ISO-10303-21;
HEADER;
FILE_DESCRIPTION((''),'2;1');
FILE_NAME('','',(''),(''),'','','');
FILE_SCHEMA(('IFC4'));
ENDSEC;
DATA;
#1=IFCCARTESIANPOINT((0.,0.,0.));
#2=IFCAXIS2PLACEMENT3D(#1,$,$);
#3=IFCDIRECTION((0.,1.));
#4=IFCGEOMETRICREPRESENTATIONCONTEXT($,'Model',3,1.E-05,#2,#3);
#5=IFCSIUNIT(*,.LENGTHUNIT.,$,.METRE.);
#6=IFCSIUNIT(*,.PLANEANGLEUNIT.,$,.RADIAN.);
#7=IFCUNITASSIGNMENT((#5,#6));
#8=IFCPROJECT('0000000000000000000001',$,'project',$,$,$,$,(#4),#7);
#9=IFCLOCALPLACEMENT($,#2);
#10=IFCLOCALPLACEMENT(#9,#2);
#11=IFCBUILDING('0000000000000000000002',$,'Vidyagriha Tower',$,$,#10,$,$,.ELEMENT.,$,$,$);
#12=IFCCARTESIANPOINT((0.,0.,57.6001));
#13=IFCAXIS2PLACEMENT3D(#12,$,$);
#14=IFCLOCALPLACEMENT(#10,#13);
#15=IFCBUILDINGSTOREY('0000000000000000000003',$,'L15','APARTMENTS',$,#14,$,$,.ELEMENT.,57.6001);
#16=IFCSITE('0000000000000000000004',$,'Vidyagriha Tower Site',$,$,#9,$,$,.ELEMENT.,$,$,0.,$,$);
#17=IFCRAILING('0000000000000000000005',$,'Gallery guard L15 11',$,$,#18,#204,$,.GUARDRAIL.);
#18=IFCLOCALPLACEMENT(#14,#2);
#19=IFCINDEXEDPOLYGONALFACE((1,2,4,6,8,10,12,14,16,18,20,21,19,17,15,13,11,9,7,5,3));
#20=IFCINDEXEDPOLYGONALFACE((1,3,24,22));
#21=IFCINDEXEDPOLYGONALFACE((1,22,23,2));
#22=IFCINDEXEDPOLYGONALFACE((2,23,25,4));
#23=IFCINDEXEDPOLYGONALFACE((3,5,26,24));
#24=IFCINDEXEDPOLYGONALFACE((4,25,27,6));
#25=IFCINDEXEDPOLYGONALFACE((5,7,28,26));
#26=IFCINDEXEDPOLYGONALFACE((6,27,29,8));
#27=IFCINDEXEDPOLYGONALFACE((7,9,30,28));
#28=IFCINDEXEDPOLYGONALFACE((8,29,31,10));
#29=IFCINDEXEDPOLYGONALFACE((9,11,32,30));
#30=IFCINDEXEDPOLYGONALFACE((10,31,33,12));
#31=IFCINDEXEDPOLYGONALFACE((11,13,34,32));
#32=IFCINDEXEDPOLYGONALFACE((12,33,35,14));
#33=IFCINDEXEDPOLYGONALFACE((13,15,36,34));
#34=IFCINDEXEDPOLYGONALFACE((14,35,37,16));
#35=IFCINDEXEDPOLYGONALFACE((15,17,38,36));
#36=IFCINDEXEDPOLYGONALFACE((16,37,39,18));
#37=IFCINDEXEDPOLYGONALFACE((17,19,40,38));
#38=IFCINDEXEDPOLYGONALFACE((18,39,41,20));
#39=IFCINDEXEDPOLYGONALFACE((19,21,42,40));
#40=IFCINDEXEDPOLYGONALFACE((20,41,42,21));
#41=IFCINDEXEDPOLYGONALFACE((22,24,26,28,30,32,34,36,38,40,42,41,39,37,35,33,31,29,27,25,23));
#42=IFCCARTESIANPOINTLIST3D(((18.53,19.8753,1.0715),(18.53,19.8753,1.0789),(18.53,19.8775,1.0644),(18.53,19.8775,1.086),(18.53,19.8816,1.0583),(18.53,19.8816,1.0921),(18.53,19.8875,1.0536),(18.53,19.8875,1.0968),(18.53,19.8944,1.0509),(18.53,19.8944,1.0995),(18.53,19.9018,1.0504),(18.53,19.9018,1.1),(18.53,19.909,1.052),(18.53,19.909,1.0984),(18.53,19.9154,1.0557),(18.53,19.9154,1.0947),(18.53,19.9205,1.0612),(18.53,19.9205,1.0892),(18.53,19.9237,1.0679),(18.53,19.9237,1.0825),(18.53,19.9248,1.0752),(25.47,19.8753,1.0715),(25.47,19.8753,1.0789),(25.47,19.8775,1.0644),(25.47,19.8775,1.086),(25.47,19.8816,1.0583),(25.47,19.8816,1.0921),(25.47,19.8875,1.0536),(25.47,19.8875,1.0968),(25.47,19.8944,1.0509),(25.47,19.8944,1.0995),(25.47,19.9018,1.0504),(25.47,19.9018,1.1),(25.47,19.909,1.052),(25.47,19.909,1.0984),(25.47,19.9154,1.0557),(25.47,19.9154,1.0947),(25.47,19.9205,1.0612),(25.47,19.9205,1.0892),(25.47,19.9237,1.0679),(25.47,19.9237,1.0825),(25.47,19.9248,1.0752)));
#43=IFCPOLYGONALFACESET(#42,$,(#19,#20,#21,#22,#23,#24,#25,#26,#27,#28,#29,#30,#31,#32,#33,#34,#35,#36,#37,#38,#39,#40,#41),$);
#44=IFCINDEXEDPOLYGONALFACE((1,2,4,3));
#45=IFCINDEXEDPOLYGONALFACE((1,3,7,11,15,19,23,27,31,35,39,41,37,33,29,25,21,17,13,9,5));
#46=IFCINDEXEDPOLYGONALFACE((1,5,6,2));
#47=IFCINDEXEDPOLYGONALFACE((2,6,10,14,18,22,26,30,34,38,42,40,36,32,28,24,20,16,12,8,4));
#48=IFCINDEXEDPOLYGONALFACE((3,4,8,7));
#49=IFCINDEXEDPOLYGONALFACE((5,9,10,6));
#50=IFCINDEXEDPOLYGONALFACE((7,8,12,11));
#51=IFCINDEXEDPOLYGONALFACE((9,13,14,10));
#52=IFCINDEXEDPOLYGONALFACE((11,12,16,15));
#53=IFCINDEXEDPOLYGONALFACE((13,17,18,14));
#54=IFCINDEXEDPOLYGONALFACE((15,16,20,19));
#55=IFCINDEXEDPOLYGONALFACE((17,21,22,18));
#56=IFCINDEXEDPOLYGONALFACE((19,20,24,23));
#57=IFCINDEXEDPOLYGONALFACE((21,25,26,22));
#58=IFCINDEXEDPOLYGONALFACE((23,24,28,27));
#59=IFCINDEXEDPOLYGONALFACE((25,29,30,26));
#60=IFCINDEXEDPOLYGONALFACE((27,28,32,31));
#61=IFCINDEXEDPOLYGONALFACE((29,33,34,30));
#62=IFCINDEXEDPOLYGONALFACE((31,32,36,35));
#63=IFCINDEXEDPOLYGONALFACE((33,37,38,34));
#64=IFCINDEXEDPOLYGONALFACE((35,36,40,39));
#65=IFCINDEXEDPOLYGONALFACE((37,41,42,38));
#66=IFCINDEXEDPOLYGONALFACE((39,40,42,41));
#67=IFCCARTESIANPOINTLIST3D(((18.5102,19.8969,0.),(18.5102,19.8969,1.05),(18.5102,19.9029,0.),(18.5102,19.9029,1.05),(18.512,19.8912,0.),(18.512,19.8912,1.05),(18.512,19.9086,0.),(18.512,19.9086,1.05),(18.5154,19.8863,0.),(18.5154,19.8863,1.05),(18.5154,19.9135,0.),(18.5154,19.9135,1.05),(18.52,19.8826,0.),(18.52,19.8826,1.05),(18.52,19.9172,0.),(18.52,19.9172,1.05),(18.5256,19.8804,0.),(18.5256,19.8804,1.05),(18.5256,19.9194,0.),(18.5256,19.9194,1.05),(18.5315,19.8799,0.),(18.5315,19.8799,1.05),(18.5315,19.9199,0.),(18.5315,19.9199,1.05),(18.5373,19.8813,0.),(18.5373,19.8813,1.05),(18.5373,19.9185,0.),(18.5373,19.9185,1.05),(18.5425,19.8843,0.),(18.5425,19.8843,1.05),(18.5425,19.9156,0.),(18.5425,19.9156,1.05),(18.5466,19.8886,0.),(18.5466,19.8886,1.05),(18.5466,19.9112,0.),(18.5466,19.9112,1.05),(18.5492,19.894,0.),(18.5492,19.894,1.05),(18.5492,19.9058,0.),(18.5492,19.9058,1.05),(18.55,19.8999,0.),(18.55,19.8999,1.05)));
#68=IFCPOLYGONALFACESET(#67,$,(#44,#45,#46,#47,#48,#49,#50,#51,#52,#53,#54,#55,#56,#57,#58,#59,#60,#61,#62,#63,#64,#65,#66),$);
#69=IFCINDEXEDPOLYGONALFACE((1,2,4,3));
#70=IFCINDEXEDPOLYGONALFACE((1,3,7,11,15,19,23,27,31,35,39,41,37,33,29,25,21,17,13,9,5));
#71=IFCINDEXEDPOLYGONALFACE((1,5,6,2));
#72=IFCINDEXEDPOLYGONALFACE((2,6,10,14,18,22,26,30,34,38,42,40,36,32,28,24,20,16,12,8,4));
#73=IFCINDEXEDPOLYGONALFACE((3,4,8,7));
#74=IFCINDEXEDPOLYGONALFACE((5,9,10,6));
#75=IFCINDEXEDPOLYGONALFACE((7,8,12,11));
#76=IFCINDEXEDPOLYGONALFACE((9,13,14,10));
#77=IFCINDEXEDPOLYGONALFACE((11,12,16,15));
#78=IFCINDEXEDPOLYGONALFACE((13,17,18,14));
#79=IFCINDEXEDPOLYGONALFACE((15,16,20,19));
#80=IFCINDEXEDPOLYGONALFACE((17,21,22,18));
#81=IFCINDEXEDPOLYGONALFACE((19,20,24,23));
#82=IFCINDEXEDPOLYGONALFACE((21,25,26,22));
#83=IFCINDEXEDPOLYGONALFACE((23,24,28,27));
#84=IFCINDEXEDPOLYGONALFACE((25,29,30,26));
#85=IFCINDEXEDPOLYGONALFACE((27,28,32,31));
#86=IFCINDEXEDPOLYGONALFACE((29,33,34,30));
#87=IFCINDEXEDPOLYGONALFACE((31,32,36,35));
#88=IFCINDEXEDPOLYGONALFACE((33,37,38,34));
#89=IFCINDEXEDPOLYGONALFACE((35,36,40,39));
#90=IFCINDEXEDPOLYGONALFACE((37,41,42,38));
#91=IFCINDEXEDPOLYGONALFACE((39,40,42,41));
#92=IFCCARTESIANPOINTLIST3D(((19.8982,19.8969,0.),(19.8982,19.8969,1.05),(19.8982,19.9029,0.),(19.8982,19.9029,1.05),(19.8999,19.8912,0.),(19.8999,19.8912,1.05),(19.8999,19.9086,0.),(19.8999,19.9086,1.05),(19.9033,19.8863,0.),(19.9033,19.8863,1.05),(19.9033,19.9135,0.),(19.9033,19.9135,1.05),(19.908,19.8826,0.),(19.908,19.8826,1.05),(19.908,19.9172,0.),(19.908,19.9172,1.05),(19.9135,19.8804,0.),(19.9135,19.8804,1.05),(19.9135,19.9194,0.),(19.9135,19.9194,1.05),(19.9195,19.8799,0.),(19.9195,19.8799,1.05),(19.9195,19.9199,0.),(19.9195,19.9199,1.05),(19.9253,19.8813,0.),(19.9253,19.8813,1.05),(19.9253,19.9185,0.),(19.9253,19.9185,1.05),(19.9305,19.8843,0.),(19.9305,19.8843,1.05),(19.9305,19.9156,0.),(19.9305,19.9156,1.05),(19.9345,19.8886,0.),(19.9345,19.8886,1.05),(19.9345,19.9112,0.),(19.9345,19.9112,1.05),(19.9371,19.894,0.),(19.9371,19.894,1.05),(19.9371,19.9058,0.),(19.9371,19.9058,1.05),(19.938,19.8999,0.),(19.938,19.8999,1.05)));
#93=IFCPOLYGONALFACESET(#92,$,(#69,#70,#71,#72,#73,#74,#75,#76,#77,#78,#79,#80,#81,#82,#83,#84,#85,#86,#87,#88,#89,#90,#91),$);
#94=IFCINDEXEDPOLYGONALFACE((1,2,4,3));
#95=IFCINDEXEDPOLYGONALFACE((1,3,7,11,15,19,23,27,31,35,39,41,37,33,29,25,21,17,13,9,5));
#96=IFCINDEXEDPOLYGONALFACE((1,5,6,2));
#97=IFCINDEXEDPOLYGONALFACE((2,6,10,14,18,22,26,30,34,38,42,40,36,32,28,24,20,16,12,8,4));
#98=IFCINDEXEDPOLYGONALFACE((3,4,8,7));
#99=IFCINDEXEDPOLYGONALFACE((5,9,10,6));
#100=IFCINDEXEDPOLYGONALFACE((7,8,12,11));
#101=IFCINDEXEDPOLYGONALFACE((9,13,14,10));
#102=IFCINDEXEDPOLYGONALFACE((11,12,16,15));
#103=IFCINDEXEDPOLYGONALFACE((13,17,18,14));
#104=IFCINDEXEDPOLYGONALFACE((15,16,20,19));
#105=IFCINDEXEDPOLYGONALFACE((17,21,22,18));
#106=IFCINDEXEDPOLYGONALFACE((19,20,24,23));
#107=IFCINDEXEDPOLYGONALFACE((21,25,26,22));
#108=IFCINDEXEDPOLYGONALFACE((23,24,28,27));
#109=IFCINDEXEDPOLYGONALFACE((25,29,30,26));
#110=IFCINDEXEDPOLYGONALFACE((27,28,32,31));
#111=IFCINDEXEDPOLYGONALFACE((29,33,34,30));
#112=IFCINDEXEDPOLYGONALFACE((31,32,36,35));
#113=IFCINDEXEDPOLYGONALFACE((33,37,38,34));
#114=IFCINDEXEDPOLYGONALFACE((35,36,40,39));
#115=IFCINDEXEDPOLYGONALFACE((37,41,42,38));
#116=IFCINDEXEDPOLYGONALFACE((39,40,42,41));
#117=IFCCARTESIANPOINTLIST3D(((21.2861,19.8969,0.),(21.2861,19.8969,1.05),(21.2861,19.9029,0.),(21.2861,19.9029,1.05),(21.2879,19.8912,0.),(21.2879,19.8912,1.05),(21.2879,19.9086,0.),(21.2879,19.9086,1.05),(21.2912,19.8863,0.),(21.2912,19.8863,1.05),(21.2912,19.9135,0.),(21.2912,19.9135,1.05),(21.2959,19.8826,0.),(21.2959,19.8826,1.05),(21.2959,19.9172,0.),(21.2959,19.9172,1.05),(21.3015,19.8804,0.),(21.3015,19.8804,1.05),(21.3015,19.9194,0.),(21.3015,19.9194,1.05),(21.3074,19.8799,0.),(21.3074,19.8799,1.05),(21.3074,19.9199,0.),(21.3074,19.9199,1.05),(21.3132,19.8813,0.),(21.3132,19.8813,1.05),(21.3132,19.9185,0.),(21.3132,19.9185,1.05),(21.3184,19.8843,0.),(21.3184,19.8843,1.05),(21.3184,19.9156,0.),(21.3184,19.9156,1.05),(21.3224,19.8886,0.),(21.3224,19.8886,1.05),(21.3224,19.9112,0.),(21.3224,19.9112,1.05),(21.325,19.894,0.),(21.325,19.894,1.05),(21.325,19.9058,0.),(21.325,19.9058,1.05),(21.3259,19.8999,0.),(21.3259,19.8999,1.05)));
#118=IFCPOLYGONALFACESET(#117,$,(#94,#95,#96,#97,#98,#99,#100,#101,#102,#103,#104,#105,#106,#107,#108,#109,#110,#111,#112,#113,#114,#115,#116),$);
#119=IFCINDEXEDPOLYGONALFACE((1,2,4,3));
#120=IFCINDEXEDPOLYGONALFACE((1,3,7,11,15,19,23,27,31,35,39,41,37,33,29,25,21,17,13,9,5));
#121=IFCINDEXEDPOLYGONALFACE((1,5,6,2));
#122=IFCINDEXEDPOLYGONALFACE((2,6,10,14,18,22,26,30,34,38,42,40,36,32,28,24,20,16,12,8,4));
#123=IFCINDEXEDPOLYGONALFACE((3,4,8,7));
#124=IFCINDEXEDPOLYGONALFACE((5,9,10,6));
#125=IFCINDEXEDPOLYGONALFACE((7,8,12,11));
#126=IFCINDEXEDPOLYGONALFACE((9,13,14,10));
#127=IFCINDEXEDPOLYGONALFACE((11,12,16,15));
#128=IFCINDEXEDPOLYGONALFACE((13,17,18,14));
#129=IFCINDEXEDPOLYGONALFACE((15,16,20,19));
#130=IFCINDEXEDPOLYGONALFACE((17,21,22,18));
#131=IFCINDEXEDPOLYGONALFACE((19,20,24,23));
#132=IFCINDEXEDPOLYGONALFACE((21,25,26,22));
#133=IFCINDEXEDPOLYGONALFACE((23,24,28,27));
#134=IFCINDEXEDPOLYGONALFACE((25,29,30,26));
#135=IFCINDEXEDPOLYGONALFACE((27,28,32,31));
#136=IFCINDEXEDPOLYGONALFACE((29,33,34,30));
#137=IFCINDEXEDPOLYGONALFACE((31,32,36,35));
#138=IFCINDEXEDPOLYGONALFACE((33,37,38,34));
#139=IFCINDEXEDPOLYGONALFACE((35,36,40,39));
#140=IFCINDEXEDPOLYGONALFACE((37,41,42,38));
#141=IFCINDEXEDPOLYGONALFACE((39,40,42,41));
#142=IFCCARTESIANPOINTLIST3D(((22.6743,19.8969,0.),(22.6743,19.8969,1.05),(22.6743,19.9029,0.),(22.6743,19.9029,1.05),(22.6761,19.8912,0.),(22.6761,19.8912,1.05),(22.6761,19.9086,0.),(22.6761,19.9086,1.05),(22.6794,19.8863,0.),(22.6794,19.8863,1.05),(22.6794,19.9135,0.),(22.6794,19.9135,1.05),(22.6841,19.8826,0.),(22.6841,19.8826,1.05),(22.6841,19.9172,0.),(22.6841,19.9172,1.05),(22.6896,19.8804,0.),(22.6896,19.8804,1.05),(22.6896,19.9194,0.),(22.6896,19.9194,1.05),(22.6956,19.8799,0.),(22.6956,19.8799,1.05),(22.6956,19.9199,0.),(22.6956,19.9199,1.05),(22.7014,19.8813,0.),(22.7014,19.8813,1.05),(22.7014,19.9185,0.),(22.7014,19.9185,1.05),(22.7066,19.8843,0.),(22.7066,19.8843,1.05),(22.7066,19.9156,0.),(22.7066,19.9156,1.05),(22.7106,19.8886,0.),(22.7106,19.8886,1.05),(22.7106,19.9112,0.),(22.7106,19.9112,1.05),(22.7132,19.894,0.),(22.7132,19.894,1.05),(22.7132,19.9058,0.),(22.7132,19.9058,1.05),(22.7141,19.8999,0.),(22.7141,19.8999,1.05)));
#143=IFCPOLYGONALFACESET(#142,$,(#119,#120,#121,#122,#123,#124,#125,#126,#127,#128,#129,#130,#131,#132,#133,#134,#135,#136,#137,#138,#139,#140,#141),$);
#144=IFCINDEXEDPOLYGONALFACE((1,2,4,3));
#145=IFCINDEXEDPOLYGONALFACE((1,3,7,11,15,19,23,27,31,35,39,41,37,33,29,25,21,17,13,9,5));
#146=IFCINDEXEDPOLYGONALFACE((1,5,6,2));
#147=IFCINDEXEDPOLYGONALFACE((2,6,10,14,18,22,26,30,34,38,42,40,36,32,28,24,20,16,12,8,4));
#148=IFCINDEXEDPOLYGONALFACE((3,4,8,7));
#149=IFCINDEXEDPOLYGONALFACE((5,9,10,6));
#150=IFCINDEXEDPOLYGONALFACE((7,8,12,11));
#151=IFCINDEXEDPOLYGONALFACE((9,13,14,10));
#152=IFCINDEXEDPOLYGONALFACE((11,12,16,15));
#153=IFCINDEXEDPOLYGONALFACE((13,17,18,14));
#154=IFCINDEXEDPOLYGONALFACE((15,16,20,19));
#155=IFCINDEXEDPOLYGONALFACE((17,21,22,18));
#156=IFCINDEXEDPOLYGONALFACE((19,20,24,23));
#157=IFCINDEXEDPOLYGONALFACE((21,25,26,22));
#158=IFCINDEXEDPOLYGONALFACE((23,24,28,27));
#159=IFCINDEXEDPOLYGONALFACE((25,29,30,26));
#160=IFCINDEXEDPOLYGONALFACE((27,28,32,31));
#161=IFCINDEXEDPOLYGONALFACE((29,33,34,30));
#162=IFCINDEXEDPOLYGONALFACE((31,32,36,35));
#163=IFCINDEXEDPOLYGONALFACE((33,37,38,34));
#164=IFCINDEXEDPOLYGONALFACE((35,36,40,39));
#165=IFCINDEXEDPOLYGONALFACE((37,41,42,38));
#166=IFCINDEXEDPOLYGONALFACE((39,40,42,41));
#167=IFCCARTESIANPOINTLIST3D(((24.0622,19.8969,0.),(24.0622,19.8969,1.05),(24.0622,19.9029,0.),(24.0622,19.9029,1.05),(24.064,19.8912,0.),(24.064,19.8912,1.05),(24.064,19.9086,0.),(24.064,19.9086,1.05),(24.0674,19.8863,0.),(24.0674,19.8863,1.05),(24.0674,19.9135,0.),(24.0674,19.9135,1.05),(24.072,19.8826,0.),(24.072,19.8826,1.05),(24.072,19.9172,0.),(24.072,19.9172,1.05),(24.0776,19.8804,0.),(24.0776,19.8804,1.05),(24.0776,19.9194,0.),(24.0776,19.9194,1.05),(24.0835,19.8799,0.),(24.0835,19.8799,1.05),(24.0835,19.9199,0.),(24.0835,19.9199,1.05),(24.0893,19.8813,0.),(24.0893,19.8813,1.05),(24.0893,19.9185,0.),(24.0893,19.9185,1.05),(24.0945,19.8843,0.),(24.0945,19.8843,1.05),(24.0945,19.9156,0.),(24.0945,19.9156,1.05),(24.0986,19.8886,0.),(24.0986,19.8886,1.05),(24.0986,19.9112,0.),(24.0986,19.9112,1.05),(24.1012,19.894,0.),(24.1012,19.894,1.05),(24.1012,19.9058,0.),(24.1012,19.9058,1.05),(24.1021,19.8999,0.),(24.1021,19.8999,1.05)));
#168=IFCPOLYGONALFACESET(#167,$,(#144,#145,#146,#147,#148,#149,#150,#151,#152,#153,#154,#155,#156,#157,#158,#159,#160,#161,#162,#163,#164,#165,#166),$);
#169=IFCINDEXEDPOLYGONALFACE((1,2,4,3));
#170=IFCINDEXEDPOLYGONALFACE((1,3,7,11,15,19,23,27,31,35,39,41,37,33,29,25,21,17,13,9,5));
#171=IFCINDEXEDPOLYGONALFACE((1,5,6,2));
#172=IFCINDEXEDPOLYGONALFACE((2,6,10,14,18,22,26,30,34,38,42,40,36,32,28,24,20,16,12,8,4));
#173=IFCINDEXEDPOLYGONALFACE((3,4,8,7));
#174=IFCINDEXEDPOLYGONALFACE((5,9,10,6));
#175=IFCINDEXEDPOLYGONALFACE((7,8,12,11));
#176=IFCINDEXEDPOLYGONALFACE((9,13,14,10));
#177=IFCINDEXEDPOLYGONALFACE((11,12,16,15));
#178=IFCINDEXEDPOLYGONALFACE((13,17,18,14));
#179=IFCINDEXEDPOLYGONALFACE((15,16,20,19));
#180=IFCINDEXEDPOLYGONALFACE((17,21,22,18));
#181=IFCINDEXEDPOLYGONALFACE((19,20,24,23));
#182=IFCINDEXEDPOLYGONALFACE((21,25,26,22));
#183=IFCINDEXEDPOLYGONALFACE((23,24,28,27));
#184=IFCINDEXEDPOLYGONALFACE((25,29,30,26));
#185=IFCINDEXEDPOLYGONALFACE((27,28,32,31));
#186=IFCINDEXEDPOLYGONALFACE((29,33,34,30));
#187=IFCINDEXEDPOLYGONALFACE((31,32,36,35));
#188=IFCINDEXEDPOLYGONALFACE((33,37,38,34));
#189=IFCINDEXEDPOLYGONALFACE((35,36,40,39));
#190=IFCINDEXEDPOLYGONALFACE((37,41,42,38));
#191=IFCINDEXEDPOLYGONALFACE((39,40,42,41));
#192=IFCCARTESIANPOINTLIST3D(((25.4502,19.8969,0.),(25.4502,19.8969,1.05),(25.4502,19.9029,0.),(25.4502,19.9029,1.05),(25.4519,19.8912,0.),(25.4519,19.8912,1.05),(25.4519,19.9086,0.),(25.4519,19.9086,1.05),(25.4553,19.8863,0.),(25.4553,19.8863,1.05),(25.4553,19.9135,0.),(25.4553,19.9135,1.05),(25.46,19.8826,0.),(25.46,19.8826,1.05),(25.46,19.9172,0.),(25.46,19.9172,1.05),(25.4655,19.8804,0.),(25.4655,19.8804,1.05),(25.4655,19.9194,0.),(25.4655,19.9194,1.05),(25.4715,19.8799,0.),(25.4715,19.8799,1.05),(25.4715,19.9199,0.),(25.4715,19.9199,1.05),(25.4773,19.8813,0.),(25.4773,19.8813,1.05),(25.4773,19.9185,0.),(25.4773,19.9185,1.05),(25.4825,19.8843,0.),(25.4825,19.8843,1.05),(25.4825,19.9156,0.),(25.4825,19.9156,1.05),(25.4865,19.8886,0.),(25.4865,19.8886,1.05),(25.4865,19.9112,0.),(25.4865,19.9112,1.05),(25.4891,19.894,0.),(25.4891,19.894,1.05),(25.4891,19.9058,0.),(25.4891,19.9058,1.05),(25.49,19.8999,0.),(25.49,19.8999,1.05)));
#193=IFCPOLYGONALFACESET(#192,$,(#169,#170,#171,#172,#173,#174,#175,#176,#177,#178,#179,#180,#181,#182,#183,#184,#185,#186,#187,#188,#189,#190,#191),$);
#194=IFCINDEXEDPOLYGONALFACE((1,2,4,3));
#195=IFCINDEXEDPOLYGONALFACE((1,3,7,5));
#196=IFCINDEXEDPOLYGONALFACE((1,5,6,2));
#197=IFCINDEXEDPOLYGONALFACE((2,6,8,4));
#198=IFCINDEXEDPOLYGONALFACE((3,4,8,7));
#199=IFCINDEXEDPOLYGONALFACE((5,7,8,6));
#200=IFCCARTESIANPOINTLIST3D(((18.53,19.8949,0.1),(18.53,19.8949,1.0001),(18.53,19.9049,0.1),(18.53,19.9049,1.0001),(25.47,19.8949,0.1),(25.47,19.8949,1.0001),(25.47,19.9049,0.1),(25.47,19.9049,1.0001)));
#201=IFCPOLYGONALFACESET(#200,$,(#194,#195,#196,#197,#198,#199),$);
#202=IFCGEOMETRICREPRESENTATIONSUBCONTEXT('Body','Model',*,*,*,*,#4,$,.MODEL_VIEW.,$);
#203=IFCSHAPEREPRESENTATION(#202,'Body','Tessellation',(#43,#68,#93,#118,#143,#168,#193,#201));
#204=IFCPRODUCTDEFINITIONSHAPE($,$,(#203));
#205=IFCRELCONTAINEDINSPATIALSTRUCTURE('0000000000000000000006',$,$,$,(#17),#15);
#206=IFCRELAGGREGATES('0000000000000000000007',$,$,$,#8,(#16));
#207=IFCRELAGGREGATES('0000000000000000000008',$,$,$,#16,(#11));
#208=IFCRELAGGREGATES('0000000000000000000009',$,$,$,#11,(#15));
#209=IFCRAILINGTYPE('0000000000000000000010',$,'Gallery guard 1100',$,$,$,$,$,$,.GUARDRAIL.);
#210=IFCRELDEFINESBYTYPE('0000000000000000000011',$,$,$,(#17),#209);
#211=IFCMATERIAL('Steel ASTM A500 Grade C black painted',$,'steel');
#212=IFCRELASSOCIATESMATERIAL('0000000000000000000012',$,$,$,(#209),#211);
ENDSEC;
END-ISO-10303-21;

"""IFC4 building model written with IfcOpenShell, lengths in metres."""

from ifc_helpers import new_model, si_unit, direction, frame, origin, origin_2d, place, context, subcontext, project, spatial, rectangle, circle, extrude, material, type_object, element, save


model = new_model("IFC4")

# Units and contexts
model_context = context("Model", 3, precision=1e-05, world=origin(), true_north=direction((0.0, 1.0)))
body_context = subcontext(model_context, "Body", "Model", "MODEL_VIEW")
ifc_project = project(units=[si_unit("LENGTHUNIT", "METRE"), si_unit("PLANEANGLEUNIT", "RADIAN")], contexts=[model_context])

# Site, building, storey
site_placement = place(None, origin())
site = spatial("IfcSite", under=ifc_project, at=site_placement, Name="Vidyagriha Tower Site", CompositionType="ELEMENT", RefElevation=0.0)
building_placement = place(site_placement, origin())
building = spatial("IfcBuilding", under=site, at=building_placement, Name="Vidyagriha Tower", CompositionType="ELEMENT")
storey_placement = place(building_placement, frame((0.0, 0.0, 57.6001)))
storey = spatial("IfcBuildingStorey", under=building, at=storey_placement, Name="L15", Description="APARTMENTS", CompositionType="ELEMENT", Elevation=57.6001)

# Railing
ifc_material_1 = material(Name="Steel ASTM A500 Grade C black painted", Category="steel")
railing_type = type_object("IfcRailingType", Name="Gallery guard 1100", PredefinedType="GUARDRAIL", material=ifc_material_1)
railing_1_placement = place(storey_placement, frame((18.53, 19.8999, 0.0)))
element("IfcRailing", 1, at=railing_1_placement, inside=storey, type_object=railing_type, Name="Gallery guard L15 11", PredefinedType="GUARDRAIL", context=body_context, shape_type="SweptSolid", body=[
    extrude(circle(Radius=0.0249, at=origin_2d()), frame((0.0, 0.0, 1.0752), z_axis=(1.0, 0.0, 0.0), x_axis=(0.0, 1.0, 0.0)), (0.0, 0.0, 1.0), 6.9399),
    extrude(circle(Radius=0.02, at=origin_2d()), origin(), (0.0, 0.0, 1.0), 1.05),
    extrude(circle(Radius=0.02, at=origin_2d()), frame((1.3879, 0.0, 0.0)), (0.0, 0.0, 1.0), 1.05),
    extrude(circle(Radius=0.02, at=origin_2d()), frame((2.7759, 0.0, 0.0)), (0.0, 0.0, 1.0), 1.05),
    extrude(circle(Radius=0.02, at=origin_2d()), frame((4.1641, 0.0, 0.0)), (0.0, 0.0, 1.0), 1.05),
    extrude(circle(Radius=0.02, at=origin_2d()), frame((5.552, 0.0, 0.0)), (0.0, 0.0, 1.0), 1.05),
    extrude(circle(Radius=0.02, at=origin_2d()), frame((6.9399, 0.0, 0.0)), (0.0, 0.0, 1.0), 1.05),
    extrude(rectangle(XDim=0.01, YDim=0.9001, at=origin_2d()), frame((0.0, 0.0, 0.55), z_axis=(1.0, 0.0, 0.0), x_axis=(0.0, 1.0, 0.0)), (0.0, 0.0, 1.0), 6.9399),
])

save(model, "model.ifc")
